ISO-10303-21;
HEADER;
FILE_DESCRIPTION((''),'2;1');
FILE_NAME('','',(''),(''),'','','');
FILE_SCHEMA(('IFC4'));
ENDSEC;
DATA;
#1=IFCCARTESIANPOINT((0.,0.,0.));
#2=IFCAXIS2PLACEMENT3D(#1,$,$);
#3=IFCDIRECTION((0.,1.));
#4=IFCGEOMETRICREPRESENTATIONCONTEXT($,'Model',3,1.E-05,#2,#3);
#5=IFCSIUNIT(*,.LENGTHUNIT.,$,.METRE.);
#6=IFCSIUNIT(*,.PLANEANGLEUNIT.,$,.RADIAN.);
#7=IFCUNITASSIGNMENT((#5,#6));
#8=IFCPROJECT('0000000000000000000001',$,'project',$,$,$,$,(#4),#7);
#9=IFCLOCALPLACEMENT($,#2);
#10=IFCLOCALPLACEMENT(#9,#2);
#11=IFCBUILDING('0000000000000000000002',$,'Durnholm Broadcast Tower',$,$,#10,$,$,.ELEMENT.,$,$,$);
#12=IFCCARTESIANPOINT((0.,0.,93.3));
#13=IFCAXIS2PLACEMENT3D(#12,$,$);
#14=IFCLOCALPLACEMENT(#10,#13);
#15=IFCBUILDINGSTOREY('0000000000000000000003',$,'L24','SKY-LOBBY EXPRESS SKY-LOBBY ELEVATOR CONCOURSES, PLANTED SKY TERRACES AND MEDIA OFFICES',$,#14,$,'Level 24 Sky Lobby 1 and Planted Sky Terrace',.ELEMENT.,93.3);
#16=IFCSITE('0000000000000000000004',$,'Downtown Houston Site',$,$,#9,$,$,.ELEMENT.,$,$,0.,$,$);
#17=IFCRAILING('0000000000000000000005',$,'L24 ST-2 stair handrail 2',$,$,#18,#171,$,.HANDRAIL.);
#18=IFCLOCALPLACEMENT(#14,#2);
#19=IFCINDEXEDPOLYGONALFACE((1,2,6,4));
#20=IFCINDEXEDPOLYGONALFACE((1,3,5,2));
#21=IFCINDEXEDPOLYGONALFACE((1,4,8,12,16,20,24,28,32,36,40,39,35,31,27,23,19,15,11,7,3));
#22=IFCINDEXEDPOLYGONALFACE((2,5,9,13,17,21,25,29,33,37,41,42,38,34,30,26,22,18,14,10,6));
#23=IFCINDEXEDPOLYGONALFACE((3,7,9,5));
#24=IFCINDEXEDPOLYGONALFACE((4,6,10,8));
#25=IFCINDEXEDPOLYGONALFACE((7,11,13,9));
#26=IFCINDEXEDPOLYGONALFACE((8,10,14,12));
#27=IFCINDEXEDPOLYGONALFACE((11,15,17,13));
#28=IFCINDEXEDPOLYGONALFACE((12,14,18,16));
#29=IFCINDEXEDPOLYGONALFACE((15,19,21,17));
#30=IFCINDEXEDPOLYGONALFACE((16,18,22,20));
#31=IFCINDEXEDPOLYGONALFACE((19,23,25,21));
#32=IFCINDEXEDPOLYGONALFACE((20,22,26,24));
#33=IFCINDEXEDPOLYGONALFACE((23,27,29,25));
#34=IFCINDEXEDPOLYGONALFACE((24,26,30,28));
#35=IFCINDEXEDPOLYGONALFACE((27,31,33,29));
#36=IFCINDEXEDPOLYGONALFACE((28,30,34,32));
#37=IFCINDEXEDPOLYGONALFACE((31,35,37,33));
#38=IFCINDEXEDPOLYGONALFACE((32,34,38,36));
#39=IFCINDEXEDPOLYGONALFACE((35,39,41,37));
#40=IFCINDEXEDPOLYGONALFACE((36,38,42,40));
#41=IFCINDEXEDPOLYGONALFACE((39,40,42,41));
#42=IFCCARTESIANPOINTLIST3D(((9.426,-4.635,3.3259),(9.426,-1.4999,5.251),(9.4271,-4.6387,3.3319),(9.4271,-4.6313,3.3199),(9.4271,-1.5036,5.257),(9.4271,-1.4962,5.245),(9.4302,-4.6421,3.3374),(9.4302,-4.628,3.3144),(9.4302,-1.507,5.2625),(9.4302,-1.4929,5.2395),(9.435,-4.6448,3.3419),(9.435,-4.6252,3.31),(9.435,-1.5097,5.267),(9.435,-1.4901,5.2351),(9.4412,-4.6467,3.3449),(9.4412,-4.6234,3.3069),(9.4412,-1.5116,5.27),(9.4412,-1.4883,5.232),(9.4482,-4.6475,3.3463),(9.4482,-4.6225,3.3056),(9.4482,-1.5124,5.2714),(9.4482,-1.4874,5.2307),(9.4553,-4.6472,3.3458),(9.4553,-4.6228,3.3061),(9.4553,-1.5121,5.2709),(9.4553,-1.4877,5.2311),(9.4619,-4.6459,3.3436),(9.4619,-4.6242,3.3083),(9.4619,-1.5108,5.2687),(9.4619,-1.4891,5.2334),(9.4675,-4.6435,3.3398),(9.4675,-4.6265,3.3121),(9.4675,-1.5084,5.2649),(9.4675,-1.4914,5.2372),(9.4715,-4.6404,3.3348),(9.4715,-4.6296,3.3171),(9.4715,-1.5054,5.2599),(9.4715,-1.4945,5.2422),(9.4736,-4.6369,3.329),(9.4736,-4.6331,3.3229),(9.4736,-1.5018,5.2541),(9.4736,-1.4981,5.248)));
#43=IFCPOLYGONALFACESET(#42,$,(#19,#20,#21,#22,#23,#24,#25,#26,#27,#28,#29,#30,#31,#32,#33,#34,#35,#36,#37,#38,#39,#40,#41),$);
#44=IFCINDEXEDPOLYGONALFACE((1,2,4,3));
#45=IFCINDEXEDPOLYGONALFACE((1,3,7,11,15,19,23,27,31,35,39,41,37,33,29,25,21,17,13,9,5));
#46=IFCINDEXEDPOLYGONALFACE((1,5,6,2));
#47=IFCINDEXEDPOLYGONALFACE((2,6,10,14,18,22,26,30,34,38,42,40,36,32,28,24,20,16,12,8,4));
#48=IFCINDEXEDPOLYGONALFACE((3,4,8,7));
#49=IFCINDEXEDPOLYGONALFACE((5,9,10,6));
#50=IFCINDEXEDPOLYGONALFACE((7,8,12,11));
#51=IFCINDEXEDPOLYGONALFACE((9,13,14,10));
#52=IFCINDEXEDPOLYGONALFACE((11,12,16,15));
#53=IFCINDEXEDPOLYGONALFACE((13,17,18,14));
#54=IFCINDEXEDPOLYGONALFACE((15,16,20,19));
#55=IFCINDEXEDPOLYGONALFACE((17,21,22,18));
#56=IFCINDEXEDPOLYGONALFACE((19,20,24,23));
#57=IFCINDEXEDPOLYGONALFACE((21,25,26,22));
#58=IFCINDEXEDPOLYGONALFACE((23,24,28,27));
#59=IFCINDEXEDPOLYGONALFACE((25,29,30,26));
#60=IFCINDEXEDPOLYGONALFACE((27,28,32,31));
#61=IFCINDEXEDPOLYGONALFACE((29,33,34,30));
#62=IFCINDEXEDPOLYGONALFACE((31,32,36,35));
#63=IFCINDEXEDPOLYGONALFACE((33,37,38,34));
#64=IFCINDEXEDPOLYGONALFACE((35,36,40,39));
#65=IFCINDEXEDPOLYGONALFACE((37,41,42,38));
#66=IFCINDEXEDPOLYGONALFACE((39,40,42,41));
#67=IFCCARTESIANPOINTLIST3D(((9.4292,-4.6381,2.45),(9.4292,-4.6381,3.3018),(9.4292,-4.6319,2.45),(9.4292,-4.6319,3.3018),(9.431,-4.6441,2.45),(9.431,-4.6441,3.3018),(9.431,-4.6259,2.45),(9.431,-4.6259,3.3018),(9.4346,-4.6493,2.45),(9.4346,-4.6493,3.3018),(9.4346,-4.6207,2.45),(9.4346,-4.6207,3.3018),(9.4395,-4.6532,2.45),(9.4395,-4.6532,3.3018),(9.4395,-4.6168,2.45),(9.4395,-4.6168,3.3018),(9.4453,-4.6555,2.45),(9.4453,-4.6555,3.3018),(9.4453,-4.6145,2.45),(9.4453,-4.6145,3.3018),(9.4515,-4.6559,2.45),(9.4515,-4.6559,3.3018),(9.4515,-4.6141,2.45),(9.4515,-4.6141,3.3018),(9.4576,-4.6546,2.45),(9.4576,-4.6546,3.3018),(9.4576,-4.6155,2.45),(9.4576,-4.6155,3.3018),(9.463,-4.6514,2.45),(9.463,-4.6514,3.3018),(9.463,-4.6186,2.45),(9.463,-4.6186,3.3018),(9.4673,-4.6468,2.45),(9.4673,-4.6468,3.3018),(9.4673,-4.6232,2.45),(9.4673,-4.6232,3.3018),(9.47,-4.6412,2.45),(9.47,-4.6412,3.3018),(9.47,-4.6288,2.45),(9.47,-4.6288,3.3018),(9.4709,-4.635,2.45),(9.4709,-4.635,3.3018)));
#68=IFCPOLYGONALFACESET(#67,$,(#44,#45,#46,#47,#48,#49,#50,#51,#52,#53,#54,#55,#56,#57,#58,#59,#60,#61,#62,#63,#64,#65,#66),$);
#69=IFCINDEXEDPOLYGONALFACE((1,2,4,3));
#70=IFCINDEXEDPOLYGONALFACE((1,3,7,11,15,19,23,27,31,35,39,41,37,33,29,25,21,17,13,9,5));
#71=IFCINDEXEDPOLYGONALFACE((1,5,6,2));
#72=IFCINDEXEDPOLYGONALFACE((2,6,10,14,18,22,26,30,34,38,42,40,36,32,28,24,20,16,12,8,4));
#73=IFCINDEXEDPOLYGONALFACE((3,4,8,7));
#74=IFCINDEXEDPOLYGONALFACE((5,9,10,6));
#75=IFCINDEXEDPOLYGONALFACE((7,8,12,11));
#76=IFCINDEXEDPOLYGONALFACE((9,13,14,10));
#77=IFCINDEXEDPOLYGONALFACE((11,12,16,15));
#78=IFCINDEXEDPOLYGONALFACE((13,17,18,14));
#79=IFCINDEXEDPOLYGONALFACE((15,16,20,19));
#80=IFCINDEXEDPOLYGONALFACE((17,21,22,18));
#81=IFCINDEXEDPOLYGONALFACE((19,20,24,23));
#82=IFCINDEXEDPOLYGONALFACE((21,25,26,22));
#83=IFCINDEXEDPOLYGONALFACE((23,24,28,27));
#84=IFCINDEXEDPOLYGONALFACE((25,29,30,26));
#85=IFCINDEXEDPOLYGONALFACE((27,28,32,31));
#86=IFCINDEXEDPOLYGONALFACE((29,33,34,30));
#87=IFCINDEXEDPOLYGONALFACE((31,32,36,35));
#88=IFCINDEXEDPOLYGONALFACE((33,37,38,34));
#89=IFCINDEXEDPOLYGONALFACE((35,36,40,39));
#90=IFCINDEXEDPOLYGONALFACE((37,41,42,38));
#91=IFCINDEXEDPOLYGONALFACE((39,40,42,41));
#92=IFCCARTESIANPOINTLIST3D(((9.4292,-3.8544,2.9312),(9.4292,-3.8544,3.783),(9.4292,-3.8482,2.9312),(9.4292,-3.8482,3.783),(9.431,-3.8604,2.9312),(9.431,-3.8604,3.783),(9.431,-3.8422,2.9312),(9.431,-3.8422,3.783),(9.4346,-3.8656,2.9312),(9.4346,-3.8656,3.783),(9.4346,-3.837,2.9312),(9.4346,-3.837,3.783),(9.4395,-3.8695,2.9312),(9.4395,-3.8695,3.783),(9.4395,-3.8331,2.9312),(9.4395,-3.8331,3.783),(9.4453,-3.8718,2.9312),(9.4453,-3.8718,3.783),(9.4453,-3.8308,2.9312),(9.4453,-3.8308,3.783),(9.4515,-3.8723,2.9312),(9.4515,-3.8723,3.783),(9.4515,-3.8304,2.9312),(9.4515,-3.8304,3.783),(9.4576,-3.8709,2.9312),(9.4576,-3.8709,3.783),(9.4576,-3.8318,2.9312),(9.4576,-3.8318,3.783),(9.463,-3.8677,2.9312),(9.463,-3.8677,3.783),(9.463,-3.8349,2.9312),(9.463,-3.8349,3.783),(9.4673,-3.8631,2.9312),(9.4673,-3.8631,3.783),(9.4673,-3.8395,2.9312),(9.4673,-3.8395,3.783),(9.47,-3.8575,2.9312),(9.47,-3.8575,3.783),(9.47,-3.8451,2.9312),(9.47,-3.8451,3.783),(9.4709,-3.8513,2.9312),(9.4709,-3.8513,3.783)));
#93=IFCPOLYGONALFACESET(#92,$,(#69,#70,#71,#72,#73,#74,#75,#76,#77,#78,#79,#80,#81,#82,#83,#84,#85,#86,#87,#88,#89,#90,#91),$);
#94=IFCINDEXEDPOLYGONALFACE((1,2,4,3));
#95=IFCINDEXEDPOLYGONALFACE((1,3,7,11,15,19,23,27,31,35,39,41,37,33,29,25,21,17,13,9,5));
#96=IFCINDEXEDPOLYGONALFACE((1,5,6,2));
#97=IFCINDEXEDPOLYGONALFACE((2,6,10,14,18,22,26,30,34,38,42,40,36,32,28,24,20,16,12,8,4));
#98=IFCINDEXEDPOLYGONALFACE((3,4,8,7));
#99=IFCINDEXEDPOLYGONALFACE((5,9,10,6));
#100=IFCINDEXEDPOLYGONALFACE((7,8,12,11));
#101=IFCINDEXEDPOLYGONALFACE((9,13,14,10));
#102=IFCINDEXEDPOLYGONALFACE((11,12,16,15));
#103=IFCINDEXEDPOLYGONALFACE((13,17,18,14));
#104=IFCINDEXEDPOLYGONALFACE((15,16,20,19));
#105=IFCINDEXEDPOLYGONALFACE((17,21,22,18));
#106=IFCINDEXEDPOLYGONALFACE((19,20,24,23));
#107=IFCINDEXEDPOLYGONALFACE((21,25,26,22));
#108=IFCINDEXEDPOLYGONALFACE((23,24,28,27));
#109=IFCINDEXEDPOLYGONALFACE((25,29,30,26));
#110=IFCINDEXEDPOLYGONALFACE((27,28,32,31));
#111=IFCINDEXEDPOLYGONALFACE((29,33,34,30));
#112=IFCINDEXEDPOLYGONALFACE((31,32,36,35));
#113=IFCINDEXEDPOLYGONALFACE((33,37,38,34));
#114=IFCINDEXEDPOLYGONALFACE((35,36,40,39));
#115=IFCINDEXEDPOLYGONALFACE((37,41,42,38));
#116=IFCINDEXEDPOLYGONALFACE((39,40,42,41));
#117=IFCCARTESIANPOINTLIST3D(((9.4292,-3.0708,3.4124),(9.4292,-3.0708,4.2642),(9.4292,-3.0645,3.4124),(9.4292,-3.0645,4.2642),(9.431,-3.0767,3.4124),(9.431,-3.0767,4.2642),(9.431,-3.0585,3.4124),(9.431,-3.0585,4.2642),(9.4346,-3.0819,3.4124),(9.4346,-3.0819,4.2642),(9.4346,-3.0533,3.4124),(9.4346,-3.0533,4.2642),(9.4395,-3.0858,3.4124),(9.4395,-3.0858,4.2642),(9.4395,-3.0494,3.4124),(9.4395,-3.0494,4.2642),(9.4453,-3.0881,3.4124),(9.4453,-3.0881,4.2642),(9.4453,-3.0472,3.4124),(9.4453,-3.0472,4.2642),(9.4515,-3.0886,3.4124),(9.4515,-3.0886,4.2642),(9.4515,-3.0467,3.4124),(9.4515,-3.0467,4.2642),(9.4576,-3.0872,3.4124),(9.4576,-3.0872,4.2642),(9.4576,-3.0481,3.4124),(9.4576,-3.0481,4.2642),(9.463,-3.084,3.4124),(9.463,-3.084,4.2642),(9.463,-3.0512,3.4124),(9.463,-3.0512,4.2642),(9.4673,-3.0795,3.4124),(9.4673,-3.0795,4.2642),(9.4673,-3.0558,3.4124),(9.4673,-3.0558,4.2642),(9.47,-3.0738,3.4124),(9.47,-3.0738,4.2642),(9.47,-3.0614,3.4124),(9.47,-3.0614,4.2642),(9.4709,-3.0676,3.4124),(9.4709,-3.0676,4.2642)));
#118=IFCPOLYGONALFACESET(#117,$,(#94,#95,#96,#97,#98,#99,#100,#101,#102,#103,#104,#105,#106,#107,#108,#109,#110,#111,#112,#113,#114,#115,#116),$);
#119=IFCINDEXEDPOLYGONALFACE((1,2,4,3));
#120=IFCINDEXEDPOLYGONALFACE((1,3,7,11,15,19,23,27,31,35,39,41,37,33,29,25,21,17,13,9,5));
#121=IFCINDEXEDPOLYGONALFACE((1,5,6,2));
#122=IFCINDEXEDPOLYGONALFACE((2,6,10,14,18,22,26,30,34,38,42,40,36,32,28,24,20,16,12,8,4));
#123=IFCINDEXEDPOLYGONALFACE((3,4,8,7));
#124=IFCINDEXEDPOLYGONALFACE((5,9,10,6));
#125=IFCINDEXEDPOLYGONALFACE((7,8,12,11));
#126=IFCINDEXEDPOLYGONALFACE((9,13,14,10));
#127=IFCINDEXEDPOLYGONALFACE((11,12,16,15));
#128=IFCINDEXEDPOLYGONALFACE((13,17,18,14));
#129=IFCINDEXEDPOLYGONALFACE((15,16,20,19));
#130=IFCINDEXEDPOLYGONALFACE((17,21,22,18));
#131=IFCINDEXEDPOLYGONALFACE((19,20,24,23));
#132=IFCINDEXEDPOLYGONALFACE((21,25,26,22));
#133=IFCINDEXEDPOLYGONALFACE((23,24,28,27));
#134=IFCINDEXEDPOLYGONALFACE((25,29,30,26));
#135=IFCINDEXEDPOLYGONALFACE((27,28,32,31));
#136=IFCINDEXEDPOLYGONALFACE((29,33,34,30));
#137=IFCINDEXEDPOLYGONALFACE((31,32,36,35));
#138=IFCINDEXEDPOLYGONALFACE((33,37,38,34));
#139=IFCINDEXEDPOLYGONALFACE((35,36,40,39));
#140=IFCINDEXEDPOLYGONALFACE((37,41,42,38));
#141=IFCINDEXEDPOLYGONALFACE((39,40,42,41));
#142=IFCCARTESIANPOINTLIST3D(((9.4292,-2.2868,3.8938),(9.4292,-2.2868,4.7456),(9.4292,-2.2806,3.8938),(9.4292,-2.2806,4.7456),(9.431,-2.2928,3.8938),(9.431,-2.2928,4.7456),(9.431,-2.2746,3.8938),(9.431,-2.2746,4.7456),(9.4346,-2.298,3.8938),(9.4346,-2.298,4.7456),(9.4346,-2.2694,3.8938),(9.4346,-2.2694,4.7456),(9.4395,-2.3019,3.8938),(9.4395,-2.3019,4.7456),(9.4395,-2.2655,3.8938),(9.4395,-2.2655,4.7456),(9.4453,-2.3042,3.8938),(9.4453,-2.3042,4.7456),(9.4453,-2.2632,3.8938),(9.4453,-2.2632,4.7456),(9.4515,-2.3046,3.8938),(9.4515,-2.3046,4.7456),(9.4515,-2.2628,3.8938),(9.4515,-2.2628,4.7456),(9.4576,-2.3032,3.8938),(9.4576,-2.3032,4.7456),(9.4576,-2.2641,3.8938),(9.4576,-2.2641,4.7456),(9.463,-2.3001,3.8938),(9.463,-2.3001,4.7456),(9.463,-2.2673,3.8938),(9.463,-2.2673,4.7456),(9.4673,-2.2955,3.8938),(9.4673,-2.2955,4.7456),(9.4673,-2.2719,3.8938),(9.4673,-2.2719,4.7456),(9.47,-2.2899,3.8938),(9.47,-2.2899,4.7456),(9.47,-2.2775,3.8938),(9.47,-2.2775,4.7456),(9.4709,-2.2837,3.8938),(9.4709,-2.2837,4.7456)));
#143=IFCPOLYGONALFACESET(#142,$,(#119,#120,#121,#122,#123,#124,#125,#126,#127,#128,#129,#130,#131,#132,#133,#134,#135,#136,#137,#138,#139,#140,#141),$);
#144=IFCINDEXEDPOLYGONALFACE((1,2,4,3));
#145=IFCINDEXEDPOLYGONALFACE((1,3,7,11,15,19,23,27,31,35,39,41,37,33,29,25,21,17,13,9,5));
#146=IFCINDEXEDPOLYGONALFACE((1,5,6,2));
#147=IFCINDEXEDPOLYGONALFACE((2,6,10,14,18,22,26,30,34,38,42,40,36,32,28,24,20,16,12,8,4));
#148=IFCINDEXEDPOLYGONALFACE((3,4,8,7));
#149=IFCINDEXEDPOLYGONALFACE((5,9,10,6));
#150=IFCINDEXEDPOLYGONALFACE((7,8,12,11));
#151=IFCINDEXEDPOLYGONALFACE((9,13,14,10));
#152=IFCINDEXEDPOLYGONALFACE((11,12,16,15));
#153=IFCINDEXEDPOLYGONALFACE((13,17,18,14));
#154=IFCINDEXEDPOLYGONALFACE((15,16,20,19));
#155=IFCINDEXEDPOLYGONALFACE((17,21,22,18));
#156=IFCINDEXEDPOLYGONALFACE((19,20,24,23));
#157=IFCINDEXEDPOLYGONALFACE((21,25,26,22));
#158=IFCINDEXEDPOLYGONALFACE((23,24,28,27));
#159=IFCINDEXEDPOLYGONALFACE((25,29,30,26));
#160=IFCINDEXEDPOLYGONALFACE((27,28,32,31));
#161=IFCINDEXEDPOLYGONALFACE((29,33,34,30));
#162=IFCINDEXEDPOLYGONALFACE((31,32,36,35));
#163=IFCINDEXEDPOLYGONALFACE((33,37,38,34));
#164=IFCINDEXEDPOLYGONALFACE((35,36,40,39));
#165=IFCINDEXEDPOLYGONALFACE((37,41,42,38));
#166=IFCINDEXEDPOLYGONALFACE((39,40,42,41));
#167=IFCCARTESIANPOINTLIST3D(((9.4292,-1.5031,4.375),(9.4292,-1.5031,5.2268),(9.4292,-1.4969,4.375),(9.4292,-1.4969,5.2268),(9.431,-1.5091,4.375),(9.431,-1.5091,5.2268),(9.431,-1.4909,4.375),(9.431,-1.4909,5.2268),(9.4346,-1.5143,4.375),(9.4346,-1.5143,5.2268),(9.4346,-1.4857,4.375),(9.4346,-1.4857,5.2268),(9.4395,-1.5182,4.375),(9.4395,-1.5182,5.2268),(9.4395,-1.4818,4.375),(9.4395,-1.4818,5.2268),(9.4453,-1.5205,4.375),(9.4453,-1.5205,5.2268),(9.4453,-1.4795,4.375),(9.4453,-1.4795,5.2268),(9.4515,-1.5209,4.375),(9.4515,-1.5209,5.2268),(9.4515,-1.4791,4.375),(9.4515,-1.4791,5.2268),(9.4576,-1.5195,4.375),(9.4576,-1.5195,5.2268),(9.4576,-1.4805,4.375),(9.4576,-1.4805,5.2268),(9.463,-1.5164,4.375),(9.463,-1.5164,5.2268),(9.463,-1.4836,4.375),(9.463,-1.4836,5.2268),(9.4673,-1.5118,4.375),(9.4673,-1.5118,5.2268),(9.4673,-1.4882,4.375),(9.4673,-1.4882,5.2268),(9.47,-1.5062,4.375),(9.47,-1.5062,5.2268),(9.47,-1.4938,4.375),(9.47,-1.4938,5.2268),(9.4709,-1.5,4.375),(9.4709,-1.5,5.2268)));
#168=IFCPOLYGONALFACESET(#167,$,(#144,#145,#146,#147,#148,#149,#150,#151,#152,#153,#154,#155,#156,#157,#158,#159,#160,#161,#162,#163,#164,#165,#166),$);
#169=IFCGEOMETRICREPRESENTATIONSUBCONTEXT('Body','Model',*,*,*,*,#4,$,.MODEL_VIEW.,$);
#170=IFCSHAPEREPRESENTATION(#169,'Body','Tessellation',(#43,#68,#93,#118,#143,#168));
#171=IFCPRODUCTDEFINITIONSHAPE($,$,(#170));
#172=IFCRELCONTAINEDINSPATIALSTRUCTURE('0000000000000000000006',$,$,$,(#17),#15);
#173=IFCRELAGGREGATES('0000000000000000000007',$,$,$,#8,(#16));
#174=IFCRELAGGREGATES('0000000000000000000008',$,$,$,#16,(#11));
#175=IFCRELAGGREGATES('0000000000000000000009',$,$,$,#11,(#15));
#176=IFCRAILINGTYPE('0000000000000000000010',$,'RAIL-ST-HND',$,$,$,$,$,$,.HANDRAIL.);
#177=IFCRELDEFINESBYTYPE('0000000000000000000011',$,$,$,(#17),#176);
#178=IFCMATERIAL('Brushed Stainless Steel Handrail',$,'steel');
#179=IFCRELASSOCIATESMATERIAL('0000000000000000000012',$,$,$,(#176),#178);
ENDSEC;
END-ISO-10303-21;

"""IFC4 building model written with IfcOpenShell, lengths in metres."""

from ifc_helpers import new_model, si_unit, direction, frame, origin, origin_2d, place, context, subcontext, project, spatial, circle, extrude, material, type_object, element, save


model = new_model("IFC4")

# Units and contexts
model_context = context("Model", 3, precision=1e-05, world=origin(), true_north=direction((0.0, 1.0)))
body_context = subcontext(model_context, "Body", "Model", "MODEL_VIEW")
ifc_project = project(units=[si_unit("LENGTHUNIT", "METRE"), si_unit("PLANEANGLEUNIT", "RADIAN")], contexts=[model_context])

# Site, building, storey
site_placement = place(None, origin())
site = spatial("IfcSite", under=ifc_project, at=site_placement, Name="Downtown Houston Site", CompositionType="ELEMENT", RefElevation=0.0)
building_placement = place(site_placement, origin())
building = spatial("IfcBuilding", under=site, at=building_placement, Name="Durnholm Broadcast Tower", CompositionType="ELEMENT")
storey_placement = place(building_placement, frame((0.0, 0.0, 93.3)))
storey = spatial("IfcBuildingStorey", under=building, at=storey_placement, Name="L24", Description="SKY-LOBBY EXPRESS SKY-LOBBY ELEVATOR CONCOURSES, PLANTED SKY TERRACES AND MEDIA OFFICES", LongName="Level 24 Sky Lobby 1 and Planted Sky Terrace", CompositionType="ELEMENT", Elevation=93.3)

# Railing
ifc_material_1 = material(Name="Brushed Stainless Steel Handrail", Category="steel")
railing_type_1 = type_object("IfcRailingType", Name="RAIL-ST-HND", PredefinedType="HANDRAIL", material=ifc_material_1)
railing_1_placement = place(storey_placement, frame((9.45, -4.635, 2.45)))
element("IfcRailing", 1, at=railing_1_placement, inside=storey, type_object=railing_type_1, Name="L24 ST-2 stair handrail 2", PredefinedType="HANDRAIL", context=body_context, shape_type="SweptSolid", body=[
    extrude(circle(Radius=0.0239, at=origin_2d()), frame((0.0, 0.0, 0.876), z_axis=(0.0, 0.852166, 0.523271), x_axis=(-1.0, 0.0, 0.0)), (0.0, 0.0, 1.0), 3.679),
    extrude(circle(Radius=0.021, at=origin_2d()), origin(), (0.0, 0.0, 1.0), 0.8518),
    extrude(circle(Radius=0.021, at=origin_2d()), frame((0.0, 0.7837, 0.4812)), (0.0, 0.0, 1.0), 0.8518),
    extrude(circle(Radius=0.021, at=origin_2d()), frame((0.0, 1.5674, 0.9624)), (0.0, 0.0, 1.0), 0.8518),
    extrude(circle(Radius=0.021, at=origin_2d()), frame((0.0, 2.3513, 1.4438)), (0.0, 0.0, 1.0), 0.8518),
    extrude(circle(Radius=0.021, at=origin_2d()), frame((0.0, 3.135, 1.925)), (0.0, 0.0, 1.0), 0.8518),
])

save(model, "model.ifc")
